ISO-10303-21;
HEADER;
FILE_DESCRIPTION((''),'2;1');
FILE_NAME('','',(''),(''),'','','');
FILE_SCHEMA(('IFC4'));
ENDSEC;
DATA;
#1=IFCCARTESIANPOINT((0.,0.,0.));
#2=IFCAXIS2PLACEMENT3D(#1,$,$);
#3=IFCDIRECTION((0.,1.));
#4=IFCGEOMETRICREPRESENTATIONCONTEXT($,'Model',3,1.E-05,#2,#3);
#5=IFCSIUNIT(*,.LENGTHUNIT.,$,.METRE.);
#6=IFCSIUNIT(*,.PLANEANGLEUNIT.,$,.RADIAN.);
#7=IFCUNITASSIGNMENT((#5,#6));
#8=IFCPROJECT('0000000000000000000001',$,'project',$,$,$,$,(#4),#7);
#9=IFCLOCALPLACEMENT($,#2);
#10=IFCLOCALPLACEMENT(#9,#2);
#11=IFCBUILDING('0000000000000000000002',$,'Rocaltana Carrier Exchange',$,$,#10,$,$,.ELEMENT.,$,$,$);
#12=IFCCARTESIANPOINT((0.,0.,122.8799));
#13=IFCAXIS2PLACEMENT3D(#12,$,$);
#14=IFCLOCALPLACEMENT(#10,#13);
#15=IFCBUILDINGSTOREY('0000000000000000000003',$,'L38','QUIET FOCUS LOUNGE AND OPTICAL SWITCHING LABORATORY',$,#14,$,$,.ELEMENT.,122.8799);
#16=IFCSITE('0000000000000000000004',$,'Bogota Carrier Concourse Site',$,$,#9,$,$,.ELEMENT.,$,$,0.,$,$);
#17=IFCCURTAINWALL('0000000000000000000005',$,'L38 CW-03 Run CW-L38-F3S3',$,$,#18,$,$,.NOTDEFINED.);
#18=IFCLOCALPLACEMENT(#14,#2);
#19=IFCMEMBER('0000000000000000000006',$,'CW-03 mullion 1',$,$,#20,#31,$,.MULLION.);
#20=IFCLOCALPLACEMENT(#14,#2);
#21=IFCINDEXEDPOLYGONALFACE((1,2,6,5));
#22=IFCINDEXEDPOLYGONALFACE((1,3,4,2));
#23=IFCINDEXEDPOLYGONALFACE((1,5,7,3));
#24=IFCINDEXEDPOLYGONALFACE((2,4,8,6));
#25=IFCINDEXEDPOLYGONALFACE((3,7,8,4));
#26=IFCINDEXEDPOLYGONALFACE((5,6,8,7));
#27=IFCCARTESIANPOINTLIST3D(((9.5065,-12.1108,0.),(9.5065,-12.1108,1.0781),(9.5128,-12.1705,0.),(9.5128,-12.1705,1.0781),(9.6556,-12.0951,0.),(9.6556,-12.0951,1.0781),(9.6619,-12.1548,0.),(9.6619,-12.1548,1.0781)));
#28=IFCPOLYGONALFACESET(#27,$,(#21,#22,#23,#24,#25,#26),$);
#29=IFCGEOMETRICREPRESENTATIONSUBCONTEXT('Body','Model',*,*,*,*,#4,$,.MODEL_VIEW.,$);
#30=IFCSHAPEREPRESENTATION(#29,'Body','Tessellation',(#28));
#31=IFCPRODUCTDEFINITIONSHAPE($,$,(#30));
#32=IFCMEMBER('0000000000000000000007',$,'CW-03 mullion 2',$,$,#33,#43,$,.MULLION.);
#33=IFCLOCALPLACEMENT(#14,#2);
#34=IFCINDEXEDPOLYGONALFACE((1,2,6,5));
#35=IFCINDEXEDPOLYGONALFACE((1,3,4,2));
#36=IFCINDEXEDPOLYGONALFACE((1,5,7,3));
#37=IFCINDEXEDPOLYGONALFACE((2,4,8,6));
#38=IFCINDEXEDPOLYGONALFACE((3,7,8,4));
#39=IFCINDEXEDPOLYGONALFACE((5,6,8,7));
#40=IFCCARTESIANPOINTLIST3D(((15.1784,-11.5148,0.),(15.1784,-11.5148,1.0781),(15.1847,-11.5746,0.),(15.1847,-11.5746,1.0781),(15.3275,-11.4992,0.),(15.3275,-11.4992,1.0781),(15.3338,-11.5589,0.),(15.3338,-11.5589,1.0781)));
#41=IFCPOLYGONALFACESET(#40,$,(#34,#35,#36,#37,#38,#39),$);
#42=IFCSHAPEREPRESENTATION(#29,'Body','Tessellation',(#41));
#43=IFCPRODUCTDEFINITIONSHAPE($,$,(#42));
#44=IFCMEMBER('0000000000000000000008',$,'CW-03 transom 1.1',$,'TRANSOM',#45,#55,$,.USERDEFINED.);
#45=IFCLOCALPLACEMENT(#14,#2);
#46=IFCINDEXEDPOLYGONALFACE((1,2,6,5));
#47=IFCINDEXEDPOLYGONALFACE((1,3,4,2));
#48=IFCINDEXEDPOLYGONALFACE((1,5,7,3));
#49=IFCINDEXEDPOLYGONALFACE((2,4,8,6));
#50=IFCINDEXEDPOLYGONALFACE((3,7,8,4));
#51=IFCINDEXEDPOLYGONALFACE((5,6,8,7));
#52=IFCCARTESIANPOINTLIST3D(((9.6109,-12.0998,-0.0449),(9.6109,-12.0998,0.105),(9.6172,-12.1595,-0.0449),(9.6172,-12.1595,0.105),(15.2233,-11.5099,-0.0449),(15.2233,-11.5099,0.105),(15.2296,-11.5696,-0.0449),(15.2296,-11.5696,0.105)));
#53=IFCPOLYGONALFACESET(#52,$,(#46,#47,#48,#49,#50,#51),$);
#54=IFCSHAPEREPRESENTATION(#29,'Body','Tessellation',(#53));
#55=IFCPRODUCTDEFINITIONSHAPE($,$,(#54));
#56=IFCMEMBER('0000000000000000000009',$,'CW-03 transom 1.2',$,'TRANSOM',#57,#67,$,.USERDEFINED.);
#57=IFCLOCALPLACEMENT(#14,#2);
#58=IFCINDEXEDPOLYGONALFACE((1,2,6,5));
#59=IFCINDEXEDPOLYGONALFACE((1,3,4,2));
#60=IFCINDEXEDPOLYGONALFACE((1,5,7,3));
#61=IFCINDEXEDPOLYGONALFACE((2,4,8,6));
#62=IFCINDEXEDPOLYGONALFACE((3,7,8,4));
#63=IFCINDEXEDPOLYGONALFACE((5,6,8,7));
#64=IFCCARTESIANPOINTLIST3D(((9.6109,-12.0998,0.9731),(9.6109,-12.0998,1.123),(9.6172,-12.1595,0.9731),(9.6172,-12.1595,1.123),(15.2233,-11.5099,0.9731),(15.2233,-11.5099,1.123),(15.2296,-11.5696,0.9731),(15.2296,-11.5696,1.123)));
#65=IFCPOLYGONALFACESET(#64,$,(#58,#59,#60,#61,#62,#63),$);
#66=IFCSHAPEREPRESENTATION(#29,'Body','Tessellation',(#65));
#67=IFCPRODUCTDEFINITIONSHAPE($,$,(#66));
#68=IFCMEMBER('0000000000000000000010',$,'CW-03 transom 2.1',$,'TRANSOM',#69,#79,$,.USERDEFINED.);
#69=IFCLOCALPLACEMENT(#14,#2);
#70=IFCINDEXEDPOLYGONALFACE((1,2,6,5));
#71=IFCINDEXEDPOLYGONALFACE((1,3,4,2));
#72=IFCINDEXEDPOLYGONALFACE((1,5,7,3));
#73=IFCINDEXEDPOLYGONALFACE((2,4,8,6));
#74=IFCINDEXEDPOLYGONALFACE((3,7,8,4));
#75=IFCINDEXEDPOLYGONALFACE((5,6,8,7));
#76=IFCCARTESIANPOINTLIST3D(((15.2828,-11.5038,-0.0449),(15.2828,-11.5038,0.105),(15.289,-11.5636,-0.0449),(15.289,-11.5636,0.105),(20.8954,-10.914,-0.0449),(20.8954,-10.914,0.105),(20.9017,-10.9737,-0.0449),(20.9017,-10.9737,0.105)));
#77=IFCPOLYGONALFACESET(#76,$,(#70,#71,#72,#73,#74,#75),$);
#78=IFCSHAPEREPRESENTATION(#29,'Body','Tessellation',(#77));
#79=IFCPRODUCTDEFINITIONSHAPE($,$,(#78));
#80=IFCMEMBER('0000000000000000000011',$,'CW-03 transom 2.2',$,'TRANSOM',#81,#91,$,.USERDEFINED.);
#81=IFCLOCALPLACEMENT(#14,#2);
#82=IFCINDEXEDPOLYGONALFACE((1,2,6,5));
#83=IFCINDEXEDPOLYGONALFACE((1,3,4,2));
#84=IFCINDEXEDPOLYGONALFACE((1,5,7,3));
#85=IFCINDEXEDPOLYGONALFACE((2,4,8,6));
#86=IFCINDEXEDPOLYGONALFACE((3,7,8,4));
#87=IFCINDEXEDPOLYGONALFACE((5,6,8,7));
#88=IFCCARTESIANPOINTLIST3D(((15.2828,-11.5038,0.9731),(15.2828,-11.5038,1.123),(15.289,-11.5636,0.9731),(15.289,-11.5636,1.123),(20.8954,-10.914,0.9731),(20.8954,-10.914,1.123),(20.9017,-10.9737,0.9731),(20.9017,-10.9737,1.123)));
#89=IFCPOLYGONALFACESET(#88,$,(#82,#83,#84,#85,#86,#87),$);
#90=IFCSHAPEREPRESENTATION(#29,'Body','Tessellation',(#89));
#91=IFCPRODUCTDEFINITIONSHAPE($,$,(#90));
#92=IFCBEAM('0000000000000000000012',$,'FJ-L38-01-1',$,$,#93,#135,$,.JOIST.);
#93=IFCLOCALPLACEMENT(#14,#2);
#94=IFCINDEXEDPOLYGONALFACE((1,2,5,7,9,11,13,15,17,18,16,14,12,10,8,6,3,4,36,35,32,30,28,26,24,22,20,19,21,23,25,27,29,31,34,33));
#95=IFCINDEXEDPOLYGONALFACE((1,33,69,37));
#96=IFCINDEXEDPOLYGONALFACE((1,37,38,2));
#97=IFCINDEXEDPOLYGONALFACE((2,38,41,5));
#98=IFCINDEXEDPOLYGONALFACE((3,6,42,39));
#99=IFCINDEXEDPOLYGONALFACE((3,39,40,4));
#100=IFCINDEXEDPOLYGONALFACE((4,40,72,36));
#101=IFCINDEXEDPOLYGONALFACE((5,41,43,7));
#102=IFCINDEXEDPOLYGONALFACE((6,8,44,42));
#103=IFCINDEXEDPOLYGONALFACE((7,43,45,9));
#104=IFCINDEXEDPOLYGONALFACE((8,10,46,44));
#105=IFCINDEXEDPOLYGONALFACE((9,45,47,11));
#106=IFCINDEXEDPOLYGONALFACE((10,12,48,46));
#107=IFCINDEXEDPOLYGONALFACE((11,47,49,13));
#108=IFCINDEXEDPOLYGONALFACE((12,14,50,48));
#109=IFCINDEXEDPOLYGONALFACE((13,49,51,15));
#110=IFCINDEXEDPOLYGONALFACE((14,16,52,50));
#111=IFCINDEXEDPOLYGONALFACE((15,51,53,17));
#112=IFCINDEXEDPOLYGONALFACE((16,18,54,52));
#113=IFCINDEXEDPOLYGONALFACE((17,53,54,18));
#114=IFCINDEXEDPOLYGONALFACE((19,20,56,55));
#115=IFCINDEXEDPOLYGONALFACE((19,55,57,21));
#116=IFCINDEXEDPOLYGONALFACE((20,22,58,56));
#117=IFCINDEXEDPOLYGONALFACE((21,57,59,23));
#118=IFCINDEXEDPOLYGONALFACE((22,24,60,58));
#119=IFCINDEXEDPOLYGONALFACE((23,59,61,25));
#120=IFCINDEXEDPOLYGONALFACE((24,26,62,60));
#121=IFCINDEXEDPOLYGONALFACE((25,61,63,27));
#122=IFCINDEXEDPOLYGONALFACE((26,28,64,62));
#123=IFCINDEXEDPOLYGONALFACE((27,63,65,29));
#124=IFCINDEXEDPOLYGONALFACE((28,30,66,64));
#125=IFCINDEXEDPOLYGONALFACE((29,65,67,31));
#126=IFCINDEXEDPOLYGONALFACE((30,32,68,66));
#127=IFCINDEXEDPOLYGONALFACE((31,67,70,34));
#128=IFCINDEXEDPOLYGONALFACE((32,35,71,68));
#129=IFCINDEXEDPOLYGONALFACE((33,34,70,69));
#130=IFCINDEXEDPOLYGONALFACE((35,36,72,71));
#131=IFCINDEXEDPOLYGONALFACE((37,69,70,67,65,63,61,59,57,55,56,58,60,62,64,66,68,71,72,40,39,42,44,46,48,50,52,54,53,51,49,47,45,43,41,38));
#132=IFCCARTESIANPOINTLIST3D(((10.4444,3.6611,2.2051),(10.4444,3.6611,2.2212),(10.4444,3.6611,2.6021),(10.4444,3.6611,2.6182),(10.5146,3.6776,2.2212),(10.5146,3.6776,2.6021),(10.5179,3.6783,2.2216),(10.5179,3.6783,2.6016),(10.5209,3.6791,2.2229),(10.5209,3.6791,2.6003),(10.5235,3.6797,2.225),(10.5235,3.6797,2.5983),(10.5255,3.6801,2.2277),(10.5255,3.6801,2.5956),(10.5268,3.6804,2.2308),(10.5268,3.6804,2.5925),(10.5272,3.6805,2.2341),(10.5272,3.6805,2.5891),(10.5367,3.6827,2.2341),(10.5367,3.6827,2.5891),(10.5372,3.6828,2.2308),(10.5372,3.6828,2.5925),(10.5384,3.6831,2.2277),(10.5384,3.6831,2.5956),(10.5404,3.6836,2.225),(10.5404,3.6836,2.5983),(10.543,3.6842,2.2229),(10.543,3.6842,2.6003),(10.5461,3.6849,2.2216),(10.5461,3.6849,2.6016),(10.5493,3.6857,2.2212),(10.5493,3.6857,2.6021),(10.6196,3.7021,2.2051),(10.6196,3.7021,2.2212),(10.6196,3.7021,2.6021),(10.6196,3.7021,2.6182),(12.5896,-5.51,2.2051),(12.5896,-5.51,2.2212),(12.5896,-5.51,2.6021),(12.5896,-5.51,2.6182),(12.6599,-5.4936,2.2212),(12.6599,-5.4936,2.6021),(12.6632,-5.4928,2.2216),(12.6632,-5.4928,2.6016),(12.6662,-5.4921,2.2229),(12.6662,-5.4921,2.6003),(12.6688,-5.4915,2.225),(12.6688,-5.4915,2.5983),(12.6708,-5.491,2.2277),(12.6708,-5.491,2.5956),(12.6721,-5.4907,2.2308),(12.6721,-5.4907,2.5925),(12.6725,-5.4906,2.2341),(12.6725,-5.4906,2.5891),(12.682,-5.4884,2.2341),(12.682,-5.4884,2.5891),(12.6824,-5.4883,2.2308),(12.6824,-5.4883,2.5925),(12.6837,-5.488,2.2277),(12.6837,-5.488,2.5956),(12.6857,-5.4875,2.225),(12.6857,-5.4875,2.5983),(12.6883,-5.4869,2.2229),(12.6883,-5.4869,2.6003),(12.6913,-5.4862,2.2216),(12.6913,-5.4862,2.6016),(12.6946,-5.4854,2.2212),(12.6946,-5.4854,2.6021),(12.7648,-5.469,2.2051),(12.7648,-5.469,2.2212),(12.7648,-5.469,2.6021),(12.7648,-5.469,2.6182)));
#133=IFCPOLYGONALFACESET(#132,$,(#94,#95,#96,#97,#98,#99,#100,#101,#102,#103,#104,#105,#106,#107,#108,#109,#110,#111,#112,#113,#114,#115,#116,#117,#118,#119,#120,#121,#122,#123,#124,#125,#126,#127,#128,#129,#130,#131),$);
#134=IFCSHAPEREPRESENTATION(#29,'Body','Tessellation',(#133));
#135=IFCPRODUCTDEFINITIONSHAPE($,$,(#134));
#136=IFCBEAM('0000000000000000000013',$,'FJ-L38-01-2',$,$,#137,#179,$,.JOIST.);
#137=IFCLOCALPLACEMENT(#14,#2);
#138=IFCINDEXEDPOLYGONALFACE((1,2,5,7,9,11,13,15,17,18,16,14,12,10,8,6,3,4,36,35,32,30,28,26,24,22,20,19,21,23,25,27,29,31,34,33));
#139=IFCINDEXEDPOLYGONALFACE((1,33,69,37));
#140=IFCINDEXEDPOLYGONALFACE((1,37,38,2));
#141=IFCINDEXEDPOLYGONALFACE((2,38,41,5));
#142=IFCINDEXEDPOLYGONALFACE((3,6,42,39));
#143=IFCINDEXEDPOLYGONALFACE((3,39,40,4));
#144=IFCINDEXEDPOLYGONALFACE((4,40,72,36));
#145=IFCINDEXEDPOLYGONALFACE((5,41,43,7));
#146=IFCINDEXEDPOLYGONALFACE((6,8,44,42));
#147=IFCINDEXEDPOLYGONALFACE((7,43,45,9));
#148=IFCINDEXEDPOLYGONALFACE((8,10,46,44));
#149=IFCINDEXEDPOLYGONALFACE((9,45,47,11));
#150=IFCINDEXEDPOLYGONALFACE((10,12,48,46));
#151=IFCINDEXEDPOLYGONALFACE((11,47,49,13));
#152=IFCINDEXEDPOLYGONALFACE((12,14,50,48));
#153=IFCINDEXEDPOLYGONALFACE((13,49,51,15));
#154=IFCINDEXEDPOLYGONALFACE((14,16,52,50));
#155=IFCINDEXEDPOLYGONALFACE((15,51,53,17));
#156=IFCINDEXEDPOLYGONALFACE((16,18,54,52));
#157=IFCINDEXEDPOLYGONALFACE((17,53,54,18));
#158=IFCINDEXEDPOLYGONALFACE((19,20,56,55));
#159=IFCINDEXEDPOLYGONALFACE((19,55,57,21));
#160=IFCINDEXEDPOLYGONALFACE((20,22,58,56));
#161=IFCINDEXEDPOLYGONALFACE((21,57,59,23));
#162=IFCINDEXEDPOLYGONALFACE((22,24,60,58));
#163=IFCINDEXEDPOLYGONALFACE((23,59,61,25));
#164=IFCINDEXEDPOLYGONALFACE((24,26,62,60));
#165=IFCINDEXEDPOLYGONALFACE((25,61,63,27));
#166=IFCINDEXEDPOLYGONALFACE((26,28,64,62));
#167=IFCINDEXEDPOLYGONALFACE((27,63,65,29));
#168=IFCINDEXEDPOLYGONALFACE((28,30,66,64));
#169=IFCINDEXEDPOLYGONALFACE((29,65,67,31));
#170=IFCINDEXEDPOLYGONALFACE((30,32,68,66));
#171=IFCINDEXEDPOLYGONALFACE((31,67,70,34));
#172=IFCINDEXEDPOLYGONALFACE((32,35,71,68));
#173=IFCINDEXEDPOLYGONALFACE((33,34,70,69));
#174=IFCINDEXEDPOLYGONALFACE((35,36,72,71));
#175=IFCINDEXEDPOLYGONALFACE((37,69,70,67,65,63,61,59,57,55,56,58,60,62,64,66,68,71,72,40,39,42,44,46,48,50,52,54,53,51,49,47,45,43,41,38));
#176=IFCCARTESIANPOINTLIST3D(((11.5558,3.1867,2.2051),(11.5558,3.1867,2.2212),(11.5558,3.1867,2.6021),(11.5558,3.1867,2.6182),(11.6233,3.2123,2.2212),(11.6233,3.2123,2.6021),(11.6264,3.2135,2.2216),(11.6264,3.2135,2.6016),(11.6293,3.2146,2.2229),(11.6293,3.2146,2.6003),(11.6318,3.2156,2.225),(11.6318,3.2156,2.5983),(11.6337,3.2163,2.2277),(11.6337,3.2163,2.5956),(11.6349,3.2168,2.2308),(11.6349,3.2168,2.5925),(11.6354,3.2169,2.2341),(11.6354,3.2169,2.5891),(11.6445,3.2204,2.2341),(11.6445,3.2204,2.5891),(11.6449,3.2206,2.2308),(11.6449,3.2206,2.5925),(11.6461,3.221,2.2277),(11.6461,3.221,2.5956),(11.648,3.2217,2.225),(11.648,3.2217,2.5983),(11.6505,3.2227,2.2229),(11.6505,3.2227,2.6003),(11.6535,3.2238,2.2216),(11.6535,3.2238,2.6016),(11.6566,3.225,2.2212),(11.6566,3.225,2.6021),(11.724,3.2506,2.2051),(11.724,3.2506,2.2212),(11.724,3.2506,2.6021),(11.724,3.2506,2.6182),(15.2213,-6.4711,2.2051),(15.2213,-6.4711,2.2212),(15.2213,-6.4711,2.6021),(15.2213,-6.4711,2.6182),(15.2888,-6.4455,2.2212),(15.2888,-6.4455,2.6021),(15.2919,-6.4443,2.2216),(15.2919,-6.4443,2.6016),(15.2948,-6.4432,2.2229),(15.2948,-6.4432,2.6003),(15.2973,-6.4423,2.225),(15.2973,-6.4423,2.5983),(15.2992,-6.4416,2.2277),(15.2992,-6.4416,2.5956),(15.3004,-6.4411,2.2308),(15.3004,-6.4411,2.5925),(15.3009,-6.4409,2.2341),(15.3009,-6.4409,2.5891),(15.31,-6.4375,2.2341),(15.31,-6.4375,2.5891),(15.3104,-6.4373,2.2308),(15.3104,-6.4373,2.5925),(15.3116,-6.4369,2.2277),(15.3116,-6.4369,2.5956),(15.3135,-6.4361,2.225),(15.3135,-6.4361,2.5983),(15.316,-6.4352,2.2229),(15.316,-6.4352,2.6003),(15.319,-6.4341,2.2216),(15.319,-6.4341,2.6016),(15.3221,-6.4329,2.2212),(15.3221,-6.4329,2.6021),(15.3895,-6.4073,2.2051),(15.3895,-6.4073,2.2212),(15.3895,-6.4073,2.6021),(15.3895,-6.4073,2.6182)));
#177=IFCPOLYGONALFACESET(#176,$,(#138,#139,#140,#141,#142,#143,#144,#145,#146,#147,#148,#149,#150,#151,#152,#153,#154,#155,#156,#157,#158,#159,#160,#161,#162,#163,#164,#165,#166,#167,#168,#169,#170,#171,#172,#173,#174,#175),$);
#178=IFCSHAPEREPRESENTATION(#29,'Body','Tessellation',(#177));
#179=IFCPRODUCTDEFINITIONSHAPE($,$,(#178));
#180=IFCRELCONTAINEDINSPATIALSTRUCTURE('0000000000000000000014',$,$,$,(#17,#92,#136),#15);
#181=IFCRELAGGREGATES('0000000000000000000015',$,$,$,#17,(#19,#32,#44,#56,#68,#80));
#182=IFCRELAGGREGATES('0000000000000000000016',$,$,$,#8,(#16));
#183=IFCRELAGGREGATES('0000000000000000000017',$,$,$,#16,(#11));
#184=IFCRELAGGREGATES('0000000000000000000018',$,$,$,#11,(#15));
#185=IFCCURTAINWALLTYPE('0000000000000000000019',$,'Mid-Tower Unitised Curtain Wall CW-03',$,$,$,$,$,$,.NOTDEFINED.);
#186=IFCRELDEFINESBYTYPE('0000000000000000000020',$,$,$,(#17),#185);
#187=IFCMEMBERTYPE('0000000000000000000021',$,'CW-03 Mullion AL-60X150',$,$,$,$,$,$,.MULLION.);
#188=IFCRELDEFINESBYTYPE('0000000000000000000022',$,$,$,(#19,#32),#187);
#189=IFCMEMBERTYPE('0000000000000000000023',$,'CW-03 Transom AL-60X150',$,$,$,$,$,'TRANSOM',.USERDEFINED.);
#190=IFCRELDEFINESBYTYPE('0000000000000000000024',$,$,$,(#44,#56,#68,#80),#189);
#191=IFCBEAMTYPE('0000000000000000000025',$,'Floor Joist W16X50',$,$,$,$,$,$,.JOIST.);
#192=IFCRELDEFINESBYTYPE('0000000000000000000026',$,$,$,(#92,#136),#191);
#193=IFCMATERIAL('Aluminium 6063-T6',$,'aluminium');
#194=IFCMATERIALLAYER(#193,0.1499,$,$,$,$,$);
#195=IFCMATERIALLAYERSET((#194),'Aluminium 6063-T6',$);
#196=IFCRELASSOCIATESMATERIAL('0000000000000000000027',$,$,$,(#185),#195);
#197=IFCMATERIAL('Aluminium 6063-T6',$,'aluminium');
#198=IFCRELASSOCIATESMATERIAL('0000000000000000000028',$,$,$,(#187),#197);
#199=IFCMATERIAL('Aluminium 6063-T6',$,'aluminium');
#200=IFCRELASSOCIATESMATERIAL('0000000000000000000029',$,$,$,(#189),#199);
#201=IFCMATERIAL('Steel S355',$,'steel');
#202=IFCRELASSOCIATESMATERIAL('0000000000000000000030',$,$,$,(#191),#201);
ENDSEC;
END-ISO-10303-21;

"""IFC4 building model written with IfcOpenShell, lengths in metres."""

from ifc_helpers import new_model, si_unit, direction, frame, origin, origin_2d, place, context, subcontext, project, spatial, rectangle, i_section, extrude, material, layer, layer_set, material_profile, profile_set, type_object, element, aggregate, save


model = new_model("IFC4")

# Units and contexts
model_context = context("Model", 3, precision=1e-05, world=origin(), true_north=direction((0.0, 1.0)))
body_context = subcontext(model_context, "Body", "Model", "MODEL_VIEW")
ifc_project = project(units=[si_unit("LENGTHUNIT", "METRE"), si_unit("PLANEANGLEUNIT", "RADIAN")], contexts=[model_context])

# Site, building, storey
site_placement = place(None, origin())
site = spatial("IfcSite", under=ifc_project, at=site_placement, Name="Bogota Carrier Concourse Site", CompositionType="ELEMENT", RefElevation=0.0)
building_placement = place(site_placement, origin())
building = spatial("IfcBuilding", under=site, at=building_placement, Name="Rocaltana Carrier Exchange", CompositionType="ELEMENT")
storey_placement = place(building_placement, frame((0.0, 0.0, 122.8799)))
storey = spatial("IfcBuildingStorey", under=building, at=storey_placement, Name="L38", Description="QUIET FOCUS LOUNGE AND OPTICAL SWITCHING LABORATORY", CompositionType="ELEMENT", Elevation=122.8799)

# Curtain wall, members
ifc_material_1 = material(Name="Aluminium 6063-T6", Category="aluminium")
ifc_layer_1 = layer(ifc_material_1, 0.1499)
ifc_layer_set_1 = layer_set([ifc_layer_1], Name="Aluminium 6063-T6")
curtain_wall_type = type_object("IfcCurtainWallType", Name="Mid-Tower Unitised Curtain Wall CW-03", PredefinedType="NOTDEFINED", material=ifc_layer_set_1)
curtain_wall_1_placement = place(storey_placement, origin())
curtain_wall_1 = element("IfcCurtainWall", 1, at=curtain_wall_1_placement, inside=storey, type_object=curtain_wall_type, Name="L38 CW-03 Run CW-L38-F3S3", PredefinedType="NOTDEFINED")
ifc_material_2 = material(Name="Aluminium 6063-T6", Category="aluminium")
ifc_material_profile_1 = material_profile(ifc_material_2, rectangle(XDim=0.0601, YDim=0.1499, at=origin_2d()), Name="AL-60X150")
ifc_profile_set_1 = profile_set([ifc_material_profile_1], Name="Aluminium 6063-T6")
member_type_1 = type_object("IfcMemberType", Name="CW-03 Mullion AL-60X150", PredefinedType="MULLION", material=ifc_profile_set_1)
member_1_placement = place(storey_placement, frame((9.5842, -12.1328, 0.0), z_axis=(0.0, 0.0, 1.0), x_axis=(-0.104522, 0.994523, 0.0)))
member_1 = element("IfcMember", 2, at=member_1_placement, type_object=member_type_1, Name="CW-03 mullion 1", PredefinedType="MULLION", context=body_context, shape_type="SweptSolid", body=[
    extrude(rectangle(XDim=0.0601, YDim=0.1499, at=origin_2d()), origin(), (0.0, 0.0, 1.0), 1.0781),
])
member_2_placement = place(storey_placement, frame((15.2561, -11.5369, 0.0), z_axis=(0.0, 0.0, 1.0), x_axis=(-0.104522, 0.994523, 0.0)))
member_2 = element("IfcMember", 3, at=member_2_placement, type_object=member_type_1, Name="CW-03 mullion 2", PredefinedType="MULLION", context=body_context, shape_type="SweptSolid", body=[
    extrude(rectangle(XDim=0.0601, YDim=0.1499, at=origin_2d()), origin(), (0.0, 0.0, 1.0), 1.0781),
])
ifc_material_3 = material(Name="Aluminium 6063-T6", Category="aluminium")
ifc_material_profile_2 = material_profile(ifc_material_3, rectangle(XDim=0.0601, YDim=0.1499, at=origin_2d()), Name="AL-60X150")
ifc_profile_set_2 = profile_set([ifc_material_profile_2], Name="Aluminium 6063-T6")
member_type_2 = type_object("IfcMemberType", Name="CW-03 Transom AL-60X150", ElementType="TRANSOM", PredefinedType="USERDEFINED", material=ifc_profile_set_2)
member_3_placement = place(storey_placement, frame((9.614, -12.1296, 0.03), z_axis=(0.994523, 0.104523, 0.0), x_axis=(-0.104523, 0.994523, 0.0)))
member_3 = element("IfcMember", 4, at=member_3_placement, type_object=member_type_2, Name="CW-03 transom 1.1", ObjectType="TRANSOM", PredefinedType="USERDEFINED", context=body_context, shape_type="SweptSolid", body=[
    extrude(rectangle(XDim=0.0601, YDim=0.1499, at=origin_2d()), origin(), (0.0, 0.0, 1.0), 5.6433),
])
member_4_placement = place(storey_placement, frame((9.614, -12.1296, 1.0481), z_axis=(0.994523, 0.104523, 0.0), x_axis=(-0.104523, 0.994523, 0.0)))
member_4 = element("IfcMember", 5, at=member_4_placement, type_object=member_type_2, Name="CW-03 transom 1.2", ObjectType="TRANSOM", PredefinedType="USERDEFINED", context=body_context, shape_type="SweptSolid", body=[
    extrude(rectangle(XDim=0.0601, YDim=0.1499, at=origin_2d()), origin(), (0.0, 0.0, 1.0), 5.6433),
])
member_5_placement = place(storey_placement, frame((15.2859, -11.5337, 0.03), z_axis=(0.994523, 0.104518, 0.0), x_axis=(-0.104518, 0.994523, 0.0)))
member_5 = element("IfcMember", 6, at=member_5_placement, type_object=member_type_2, Name="CW-03 transom 2.1", ObjectType="TRANSOM", PredefinedType="USERDEFINED", context=body_context, shape_type="SweptSolid", body=[
    extrude(rectangle(XDim=0.0601, YDim=0.1499, at=origin_2d()), origin(), (0.0, 0.0, 1.0), 5.6436),
])
member_6_placement = place(storey_placement, frame((15.2859, -11.5337, 1.0481), z_axis=(0.994523, 0.104518, 0.0), x_axis=(-0.104518, 0.994523, 0.0)))
member_6 = element("IfcMember", 7, at=member_6_placement, type_object=member_type_2, Name="CW-03 transom 2.2", ObjectType="TRANSOM", PredefinedType="USERDEFINED", context=body_context, shape_type="SweptSolid", body=[
    extrude(rectangle(XDim=0.0601, YDim=0.1499, at=origin_2d()), origin(), (0.0, 0.0, 1.0), 5.6436),
])

# Beams
ifc_material_4 = material(Name="Steel S355", Category="steel")
ifc_material_profile_3 = material_profile(ifc_material_4, i_section(OverallWidth=0.1799, OverallDepth=0.4131, WebThickness=0.0098, FlangeThickness=0.0161, FilletRadius=0.0129, at=origin_2d()), Name="W16X50")
ifc_profile_set_3 = profile_set([ifc_material_profile_3], Name="Steel S355")
beam_type_1 = type_object("IfcBeamType", Name="Floor Joist W16X50", PredefinedType="JOIST", material=ifc_profile_set_3)
beam_1_placement = place(storey_placement, frame((12.6772, -5.4895, 2.4116), z_axis=(-0.227766, 0.973716, 0.0), x_axis=(-0.973716, -0.227766, 0.0)))
element("IfcBeam", 8, at=beam_1_placement, inside=storey, type_object=beam_type_1, Name="FJ-L38-01-1", PredefinedType="JOIST", context=body_context, shape_type="SweptSolid", body=[
    extrude(i_section(OverallWidth=0.1799, OverallDepth=0.4131, WebThickness=0.0098, FlangeThickness=0.0161, FilletRadius=0.0129, at=origin_2d()), origin(), (0.0, 0.0, 1.0), 9.4187),
])
beam_2_placement = place(storey_placement, frame((15.3054, -6.4392, 2.4116), z_axis=(-0.354837, 0.934928, 0.0), x_axis=(-0.934928, -0.354837, 0.0)))
element("IfcBeam", 9, at=beam_2_placement, inside=storey, type_object=beam_type_1, Name="FJ-L38-01-2", PredefinedType="JOIST", context=body_context, shape_type="SweptSolid", body=[
    extrude(i_section(OverallWidth=0.1799, OverallDepth=0.4131, WebThickness=0.0098, FlangeThickness=0.0161, FilletRadius=0.0129, at=origin_2d()), origin(), (0.0, 0.0, 1.0), 10.3301),
])

aggregate(curtain_wall_1, [member_1, member_2, member_3, member_4, member_5, member_6])

save(model, "model.ifc")
